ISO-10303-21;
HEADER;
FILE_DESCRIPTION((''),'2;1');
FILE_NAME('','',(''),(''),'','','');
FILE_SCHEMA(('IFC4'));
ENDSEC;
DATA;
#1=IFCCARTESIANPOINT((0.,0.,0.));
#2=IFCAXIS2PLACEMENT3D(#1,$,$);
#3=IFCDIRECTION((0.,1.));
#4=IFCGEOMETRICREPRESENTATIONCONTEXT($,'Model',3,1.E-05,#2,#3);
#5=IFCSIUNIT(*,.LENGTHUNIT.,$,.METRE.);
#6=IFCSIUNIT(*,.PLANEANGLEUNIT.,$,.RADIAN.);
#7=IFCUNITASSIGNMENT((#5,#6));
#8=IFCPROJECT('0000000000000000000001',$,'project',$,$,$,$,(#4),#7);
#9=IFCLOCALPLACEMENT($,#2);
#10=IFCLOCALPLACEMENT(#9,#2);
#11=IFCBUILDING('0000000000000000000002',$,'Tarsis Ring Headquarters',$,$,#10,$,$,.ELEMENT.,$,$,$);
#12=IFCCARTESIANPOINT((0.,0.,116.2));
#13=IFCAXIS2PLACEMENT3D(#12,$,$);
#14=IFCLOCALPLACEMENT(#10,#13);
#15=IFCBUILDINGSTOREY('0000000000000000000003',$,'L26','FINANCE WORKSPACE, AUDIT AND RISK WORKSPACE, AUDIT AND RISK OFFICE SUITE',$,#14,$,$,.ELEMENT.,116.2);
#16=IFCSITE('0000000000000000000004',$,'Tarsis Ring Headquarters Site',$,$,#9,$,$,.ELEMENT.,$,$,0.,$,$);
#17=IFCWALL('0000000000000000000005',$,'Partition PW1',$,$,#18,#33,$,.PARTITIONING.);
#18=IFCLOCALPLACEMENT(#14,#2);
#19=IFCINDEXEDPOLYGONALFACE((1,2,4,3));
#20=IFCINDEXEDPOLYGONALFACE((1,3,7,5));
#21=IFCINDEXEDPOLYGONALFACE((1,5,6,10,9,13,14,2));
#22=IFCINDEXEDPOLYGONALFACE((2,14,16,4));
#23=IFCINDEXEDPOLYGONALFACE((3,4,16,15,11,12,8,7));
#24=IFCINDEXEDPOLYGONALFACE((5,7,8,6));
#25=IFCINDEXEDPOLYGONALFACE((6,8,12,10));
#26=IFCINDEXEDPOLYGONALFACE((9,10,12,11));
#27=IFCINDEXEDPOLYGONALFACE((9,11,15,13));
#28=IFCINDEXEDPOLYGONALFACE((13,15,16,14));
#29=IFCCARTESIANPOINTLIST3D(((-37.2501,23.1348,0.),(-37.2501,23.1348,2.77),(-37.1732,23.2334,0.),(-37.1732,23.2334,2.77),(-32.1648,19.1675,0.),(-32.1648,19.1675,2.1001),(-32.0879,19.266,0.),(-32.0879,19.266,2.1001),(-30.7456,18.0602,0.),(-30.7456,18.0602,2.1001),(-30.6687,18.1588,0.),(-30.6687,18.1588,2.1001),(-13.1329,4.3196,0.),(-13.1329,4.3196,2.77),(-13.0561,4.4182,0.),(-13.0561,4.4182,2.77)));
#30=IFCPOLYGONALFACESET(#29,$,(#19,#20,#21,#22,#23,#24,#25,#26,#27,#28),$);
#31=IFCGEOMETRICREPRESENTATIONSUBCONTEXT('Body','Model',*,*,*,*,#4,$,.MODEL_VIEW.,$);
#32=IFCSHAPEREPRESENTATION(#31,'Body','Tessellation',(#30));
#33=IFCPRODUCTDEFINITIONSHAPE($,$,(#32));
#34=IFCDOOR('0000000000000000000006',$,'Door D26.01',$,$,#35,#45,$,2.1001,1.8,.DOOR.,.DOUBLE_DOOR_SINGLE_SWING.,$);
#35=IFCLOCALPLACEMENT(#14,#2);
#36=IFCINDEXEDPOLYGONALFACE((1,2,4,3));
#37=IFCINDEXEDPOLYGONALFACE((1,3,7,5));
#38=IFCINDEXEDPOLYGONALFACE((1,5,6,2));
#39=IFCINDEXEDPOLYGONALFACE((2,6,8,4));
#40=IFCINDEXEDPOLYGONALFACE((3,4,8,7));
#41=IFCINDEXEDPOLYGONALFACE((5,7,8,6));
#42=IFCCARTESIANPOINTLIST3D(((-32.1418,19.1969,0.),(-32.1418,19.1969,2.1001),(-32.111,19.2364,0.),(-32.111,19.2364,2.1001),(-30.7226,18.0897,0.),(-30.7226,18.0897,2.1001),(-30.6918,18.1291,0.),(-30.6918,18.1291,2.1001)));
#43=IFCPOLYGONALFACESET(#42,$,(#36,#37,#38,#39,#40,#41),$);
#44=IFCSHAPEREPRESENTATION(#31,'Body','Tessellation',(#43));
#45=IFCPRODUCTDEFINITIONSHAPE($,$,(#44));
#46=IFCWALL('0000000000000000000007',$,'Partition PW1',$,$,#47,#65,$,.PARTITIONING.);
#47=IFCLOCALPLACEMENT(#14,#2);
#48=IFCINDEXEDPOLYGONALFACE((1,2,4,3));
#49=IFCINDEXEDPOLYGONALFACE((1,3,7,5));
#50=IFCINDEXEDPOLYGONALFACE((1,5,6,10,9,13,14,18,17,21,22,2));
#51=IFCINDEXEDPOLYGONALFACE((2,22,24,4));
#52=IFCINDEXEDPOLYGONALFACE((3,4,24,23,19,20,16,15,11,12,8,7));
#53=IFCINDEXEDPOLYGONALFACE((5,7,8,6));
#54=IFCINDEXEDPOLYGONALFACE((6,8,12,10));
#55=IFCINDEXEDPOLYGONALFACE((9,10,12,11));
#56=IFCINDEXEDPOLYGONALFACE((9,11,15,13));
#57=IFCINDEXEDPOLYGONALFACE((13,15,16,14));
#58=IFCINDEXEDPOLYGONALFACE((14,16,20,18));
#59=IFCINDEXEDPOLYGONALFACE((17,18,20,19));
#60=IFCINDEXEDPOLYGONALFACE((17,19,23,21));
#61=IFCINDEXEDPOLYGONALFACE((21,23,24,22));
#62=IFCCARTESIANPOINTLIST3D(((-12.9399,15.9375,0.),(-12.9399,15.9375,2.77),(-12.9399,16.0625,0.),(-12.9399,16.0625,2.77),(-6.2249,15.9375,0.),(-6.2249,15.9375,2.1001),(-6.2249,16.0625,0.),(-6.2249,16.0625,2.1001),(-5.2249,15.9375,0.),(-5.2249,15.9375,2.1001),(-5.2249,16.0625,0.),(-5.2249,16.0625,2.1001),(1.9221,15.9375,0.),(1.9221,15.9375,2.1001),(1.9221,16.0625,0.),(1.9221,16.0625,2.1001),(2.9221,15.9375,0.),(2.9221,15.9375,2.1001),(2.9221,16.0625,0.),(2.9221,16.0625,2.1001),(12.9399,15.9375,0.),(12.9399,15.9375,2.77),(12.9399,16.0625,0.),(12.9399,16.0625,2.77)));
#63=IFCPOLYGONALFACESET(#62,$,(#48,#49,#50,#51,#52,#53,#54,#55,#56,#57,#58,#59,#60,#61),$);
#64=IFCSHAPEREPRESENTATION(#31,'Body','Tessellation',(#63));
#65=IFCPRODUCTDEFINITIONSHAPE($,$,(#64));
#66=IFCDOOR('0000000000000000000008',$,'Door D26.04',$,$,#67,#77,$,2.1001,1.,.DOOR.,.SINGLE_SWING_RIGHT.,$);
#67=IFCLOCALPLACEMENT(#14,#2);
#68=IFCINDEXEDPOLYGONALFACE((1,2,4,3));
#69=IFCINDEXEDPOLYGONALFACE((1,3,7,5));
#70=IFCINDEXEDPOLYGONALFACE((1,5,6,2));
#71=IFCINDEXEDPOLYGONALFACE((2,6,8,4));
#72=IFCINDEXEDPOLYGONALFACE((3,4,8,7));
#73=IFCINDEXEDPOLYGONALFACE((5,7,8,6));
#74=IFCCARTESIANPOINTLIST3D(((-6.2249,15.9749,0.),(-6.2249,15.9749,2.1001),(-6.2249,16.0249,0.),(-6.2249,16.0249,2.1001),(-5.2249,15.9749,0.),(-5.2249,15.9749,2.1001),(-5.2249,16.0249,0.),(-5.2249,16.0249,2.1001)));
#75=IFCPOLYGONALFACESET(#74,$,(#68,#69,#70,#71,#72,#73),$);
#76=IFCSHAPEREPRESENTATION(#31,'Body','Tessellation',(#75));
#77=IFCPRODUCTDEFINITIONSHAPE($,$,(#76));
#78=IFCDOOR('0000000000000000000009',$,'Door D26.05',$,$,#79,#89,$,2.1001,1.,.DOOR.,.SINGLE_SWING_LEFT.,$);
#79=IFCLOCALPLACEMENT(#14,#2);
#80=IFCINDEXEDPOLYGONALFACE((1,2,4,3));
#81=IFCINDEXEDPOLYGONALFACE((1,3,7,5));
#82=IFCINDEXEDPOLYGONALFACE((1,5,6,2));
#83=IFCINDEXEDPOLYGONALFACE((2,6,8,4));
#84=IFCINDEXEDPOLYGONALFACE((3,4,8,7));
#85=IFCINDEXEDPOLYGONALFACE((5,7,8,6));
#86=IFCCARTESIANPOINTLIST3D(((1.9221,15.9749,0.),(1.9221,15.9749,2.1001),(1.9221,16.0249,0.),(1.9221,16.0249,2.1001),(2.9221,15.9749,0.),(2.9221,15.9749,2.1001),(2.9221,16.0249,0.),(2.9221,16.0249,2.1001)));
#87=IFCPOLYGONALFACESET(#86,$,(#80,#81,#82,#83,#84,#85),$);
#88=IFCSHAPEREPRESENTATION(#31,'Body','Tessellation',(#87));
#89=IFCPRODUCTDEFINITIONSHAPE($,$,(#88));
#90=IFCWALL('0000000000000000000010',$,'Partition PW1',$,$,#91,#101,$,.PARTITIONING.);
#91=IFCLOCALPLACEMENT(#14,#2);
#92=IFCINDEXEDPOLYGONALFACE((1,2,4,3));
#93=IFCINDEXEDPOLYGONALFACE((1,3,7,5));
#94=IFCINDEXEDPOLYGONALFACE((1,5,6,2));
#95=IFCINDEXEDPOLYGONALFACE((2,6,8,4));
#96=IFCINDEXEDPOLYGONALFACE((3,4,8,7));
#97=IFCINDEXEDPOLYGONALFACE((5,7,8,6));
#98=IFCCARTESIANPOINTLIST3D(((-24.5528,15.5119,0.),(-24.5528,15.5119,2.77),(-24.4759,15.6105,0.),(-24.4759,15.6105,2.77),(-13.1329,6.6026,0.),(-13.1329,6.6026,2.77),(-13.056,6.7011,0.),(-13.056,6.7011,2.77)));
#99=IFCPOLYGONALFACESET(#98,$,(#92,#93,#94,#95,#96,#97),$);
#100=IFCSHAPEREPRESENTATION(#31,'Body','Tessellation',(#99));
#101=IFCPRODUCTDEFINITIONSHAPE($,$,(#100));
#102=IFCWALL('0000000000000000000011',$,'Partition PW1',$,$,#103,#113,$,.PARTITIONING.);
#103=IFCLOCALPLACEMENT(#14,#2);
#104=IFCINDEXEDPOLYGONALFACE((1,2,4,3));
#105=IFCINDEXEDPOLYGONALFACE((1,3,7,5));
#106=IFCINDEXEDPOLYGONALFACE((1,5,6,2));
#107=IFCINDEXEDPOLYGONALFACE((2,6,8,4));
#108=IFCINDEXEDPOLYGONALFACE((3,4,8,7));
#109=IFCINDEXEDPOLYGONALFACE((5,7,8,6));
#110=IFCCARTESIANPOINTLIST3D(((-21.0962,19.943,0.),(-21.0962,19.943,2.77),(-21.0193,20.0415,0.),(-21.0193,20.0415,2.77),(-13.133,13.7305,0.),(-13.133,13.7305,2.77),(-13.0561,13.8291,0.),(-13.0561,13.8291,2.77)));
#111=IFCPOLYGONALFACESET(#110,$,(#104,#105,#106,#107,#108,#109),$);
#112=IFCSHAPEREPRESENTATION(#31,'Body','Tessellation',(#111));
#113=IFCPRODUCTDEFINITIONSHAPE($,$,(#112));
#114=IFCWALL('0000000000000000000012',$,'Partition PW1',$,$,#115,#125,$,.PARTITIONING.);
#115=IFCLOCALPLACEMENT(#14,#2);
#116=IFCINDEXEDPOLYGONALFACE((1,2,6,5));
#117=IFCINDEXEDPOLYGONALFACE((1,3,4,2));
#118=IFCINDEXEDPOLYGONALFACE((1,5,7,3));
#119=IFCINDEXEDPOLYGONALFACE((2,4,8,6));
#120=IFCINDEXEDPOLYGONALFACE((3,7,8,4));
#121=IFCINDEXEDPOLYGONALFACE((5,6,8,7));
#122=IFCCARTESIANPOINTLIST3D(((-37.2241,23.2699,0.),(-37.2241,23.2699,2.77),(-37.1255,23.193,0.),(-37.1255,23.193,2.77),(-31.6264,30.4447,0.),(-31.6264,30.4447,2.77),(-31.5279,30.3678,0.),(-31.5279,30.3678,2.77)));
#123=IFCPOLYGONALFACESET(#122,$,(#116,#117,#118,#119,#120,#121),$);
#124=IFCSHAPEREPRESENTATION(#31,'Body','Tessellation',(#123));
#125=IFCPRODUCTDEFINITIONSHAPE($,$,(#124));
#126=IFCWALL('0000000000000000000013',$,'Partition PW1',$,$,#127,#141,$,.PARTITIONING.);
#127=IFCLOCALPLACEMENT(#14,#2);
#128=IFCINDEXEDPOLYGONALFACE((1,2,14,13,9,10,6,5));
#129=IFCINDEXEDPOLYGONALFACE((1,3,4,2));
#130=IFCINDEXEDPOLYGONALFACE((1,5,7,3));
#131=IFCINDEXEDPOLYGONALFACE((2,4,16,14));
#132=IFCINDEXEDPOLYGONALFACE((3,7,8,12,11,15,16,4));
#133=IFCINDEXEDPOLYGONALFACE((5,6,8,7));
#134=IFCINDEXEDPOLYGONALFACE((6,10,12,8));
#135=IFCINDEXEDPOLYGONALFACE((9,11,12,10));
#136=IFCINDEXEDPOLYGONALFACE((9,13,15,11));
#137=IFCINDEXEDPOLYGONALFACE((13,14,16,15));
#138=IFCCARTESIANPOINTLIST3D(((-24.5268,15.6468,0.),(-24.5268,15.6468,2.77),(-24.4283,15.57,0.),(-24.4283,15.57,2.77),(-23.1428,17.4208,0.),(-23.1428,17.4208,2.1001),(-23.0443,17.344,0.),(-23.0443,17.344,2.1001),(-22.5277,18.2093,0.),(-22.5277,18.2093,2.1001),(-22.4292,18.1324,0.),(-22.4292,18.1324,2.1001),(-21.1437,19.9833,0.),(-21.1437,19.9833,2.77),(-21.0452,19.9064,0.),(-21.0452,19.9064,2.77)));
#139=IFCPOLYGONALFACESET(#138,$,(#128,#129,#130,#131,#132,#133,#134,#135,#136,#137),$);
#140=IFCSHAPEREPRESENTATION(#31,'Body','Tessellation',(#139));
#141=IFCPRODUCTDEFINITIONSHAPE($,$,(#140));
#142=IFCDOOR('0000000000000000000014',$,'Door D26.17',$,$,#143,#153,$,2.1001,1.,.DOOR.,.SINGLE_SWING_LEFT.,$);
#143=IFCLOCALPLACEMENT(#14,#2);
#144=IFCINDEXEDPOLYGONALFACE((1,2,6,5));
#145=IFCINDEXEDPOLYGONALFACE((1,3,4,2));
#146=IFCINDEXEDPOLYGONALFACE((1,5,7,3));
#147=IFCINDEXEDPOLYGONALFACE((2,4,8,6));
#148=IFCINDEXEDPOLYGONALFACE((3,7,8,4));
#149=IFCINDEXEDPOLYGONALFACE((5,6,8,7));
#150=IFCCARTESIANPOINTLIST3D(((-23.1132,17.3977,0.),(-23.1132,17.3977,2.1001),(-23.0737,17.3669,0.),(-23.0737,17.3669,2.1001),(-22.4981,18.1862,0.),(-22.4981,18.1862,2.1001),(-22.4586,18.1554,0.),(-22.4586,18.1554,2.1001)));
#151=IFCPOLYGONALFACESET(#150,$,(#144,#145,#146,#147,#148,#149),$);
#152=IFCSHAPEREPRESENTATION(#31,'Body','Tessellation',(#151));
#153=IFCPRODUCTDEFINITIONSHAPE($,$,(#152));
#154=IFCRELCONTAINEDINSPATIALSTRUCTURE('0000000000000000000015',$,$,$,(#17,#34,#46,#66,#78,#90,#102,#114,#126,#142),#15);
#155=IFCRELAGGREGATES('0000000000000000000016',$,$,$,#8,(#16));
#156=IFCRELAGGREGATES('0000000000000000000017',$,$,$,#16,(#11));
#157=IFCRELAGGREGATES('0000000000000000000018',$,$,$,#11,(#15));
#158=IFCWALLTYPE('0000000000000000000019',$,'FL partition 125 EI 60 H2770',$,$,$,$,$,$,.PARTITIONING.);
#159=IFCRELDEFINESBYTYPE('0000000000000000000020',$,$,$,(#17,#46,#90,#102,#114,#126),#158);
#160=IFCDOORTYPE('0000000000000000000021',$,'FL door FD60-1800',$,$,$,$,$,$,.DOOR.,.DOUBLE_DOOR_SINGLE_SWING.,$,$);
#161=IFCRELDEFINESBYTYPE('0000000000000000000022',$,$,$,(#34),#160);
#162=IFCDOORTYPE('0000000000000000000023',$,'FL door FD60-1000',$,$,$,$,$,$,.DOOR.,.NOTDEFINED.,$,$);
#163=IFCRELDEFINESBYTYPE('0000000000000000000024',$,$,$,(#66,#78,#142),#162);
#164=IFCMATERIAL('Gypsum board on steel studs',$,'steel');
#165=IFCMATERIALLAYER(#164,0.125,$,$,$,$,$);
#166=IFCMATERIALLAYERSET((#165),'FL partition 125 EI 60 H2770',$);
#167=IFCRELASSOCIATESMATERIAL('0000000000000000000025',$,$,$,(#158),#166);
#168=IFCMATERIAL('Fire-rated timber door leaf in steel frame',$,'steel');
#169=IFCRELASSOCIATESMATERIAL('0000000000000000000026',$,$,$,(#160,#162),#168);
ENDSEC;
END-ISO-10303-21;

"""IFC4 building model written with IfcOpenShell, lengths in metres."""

from ifc_helpers import new_model, si_unit, direction, frame, frame_2d, origin, place, context, subcontext, project, spatial, rectangle, extrude, material, layer, layer_set, type_object, element, fill, save


model = new_model("IFC4")

# Units and contexts
model_context = context("Model", 3, precision=1e-05, world=origin(), true_north=direction((0.0, 1.0)))
body_context = subcontext(model_context, "Body", "Model", "MODEL_VIEW")
ifc_project = project(units=[si_unit("LENGTHUNIT", "METRE"), si_unit("PLANEANGLEUNIT", "RADIAN")], contexts=[model_context])

# Site, building, storey
site_placement = place(None, origin())
site = spatial("IfcSite", under=ifc_project, at=site_placement, Name="Tarsis Ring Headquarters Site", CompositionType="ELEMENT", RefElevation=0.0)
building_placement = place(site_placement, origin())
building = spatial("IfcBuilding", under=site, at=building_placement, Name="Tarsis Ring Headquarters", CompositionType="ELEMENT")
storey_placement = place(building_placement, frame((0.0, 0.0, 116.2)))
storey = spatial("IfcBuildingStorey", under=building, at=storey_placement, Name="L26", Description="FINANCE WORKSPACE, AUDIT AND RISK WORKSPACE, AUDIT AND RISK OFFICE SUITE", CompositionType="ELEMENT", Elevation=116.2)

# Shared definitions
ifc_material_1 = material(Name="Gypsum board on steel studs", Category="steel")

# Wall, opening, door
ifc_layer_1 = layer(ifc_material_1, 0.125)
ifc_layer_set_1 = layer_set([ifc_layer_1], Name="FL partition 125 EI 60 H2770")
wall_type_1 = type_object("IfcWallType", Name="FL partition 125 EI 60 H2770", PredefinedType="PARTITIONING", material=ifc_layer_set_1)
wall_1_placement = place(storey_placement, frame((-37.2117, 23.1841, 0.0), z_axis=(0.0, 0.0, 1.0), x_axis=(0.788442, -0.615109, 0.0)))
wall_1 = element("IfcWall", 1, at=wall_1_placement, inside=storey, type_object=wall_type_1, Name="Partition PW1", PredefinedType="PARTITIONING", context=body_context, shape_type="SweptSolid", body=[
    extrude(rectangle(XDim=30.5884, YDim=0.125, at=frame_2d((15.2942, 0.0))), origin(), (0.0, 0.0, 1.0), 2.77),
])
opening_1_placement = place(wall_1_placement, frame((6.45, 0.0, 0.0)))
opening_1 = element("IfcOpeningElement", 2, at=opening_1_placement, cuts=wall_1, PredefinedType="OPENING", context=body_context, shape_type="SweptSolid", body=[
    extrude(rectangle(XDim=1.8, YDim=2.1001, at=frame_2d((0.8999, 1.05))), frame((0.0, 0.0725, 0.0), z_axis=(0.0, -1.0, 0.0), x_axis=(1.0, 0.0, 0.0)), (0.0, 0.0, 1.0), 0.145),
])
ifc_material_2 = material(Name="Fire-rated timber door leaf in steel frame", Category="steel")
door_type_1 = type_object("IfcDoorType", Name="FL door FD60-1800", OperationType="DOUBLE_DOOR_SINGLE_SWING", PredefinedType="DOOR", material=ifc_material_2)
door_1_placement = place(opening_1_placement, origin())
door_1 = element("IfcDoor", 3, at=door_1_placement, inside=storey, type_object=door_type_1, Name="Door D26.01", OperationType="DOUBLE_DOOR_SINGLE_SWING", OverallHeight=2.1001, OverallWidth=1.8, PredefinedType="DOOR", context=body_context, shape_type="SweptSolid", body=[
    extrude(rectangle(XDim=1.8, YDim=2.1001, at=frame_2d((0.8999, 1.05))), frame((0.0, 0.0249, 0.0), z_axis=(0.0, -1.0, 0.0), x_axis=(1.0, 0.0, 0.0)), (0.0, 0.0, 1.0), 0.05),
])
fill(opening_1, door_1)

# Wall, openings, doors
wall_2_placement = place(storey_placement, frame((-12.9399, 16.0, 0.0), z_axis=(0.0, 0.0, 1.0), x_axis=(1.0, 0.0, 0.0)))
wall_2 = element("IfcWall", 4, at=wall_2_placement, inside=storey, type_object=wall_type_1, Name="Partition PW1", PredefinedType="PARTITIONING", context=body_context, shape_type="SweptSolid", body=[
    extrude(rectangle(XDim=25.8799, YDim=0.125, at=frame_2d((12.9399, 0.0))), origin(), (0.0, 0.0, 1.0), 2.77),
])
opening_2_placement = place(wall_2_placement, frame((6.7151, 0.0, 0.0)))
opening_2 = element("IfcOpeningElement", 5, at=opening_2_placement, cuts=wall_2, PredefinedType="OPENING", context=body_context, shape_type="SweptSolid", body=[
    extrude(rectangle(XDim=1.0, YDim=2.1001, at=frame_2d((0.5, 1.05))), frame((0.0, 0.0725, 0.0), z_axis=(0.0, -1.0, 0.0), x_axis=(1.0, 0.0, 0.0)), (0.0, 0.0, 1.0), 0.145),
])
opening_3_placement = place(wall_2_placement, frame((14.8621, 0.0, 0.0)))
opening_3 = element("IfcOpeningElement", 6, at=opening_3_placement, cuts=wall_2, PredefinedType="OPENING", context=body_context, shape_type="SweptSolid", body=[
    extrude(rectangle(XDim=1.0, YDim=2.1001, at=frame_2d((0.5, 1.05))), frame((0.0, 0.0725, 0.0), z_axis=(0.0, -1.0, 0.0), x_axis=(1.0, 0.0, 0.0)), (0.0, 0.0, 1.0), 0.145),
])
door_type_2 = type_object("IfcDoorType", Name="FL door FD60-1000", OperationType="NOTDEFINED", PredefinedType="DOOR", material=ifc_material_2)
door_2_placement = place(opening_2_placement, origin())
door_2 = element("IfcDoor", 7, at=door_2_placement, inside=storey, type_object=door_type_2, Name="Door D26.04", OperationType="SINGLE_SWING_RIGHT", OverallHeight=2.1001, OverallWidth=1.0, PredefinedType="DOOR", context=body_context, shape_type="SweptSolid", body=[
    extrude(rectangle(XDim=1.0, YDim=2.1001, at=frame_2d((0.5, 1.05))), frame((0.0, 0.0249, 0.0), z_axis=(0.0, -1.0, 0.0), x_axis=(1.0, 0.0, 0.0)), (0.0, 0.0, 1.0), 0.05),
])
fill(opening_2, door_2)
door_3_placement = place(opening_3_placement, origin())
door_3 = element("IfcDoor", 8, at=door_3_placement, inside=storey, type_object=door_type_2, Name="Door D26.05", OperationType="SINGLE_SWING_LEFT", OverallHeight=2.1001, OverallWidth=1.0, PredefinedType="DOOR", context=body_context, shape_type="SweptSolid", body=[
    extrude(rectangle(XDim=1.0, YDim=2.1001, at=frame_2d((0.5, 1.05))), frame((0.0, 0.0249, 0.0), z_axis=(0.0, -1.0, 0.0), x_axis=(1.0, 0.0, 0.0)), (0.0, 0.0, 1.0), 0.05),
])
fill(opening_3, door_3)

# Walls
wall_3_placement = place(storey_placement, frame((-24.5144, 15.5613, 0.0), z_axis=(0.0, 0.0, 1.0), x_axis=(0.788439, -0.615113, 0.0)))
element("IfcWall", 9, at=wall_3_placement, inside=storey, type_object=wall_type_1, Name="Partition PW1", PredefinedType="PARTITIONING", context=body_context, shape_type="SweptSolid", body=[
    extrude(rectangle(XDim=14.4841, YDim=0.125, at=frame_2d((7.2422, 0.0))), origin(), (0.0, 0.0, 1.0), 2.77),
])
wall_4_placement = place(storey_placement, frame((-21.0576, 19.9922, 0.0), z_axis=(0.0, 0.0, 1.0), x_axis=(0.788447, -0.615103, 0.0)))
element("IfcWall", 10, at=wall_4_placement, inside=storey, type_object=wall_type_1, Name="Partition PW1", PredefinedType="PARTITIONING", context=body_context, shape_type="SweptSolid", body=[
    extrude(rectangle(XDim=10.0999, YDim=0.125, at=frame_2d((5.0498, 0.0))), origin(), (0.0, 0.0, 1.0), 2.77),
])
wall_5_placement = place(storey_placement, frame((-37.1748, 23.2314, 0.0), z_axis=(0.0, 0.0, 1.0), x_axis=(0.615121, 0.788433, 0.0)))
element("IfcWall", 11, at=wall_5_placement, inside=storey, type_object=wall_type_1, Name="Partition PW1", PredefinedType="PARTITIONING", context=body_context, shape_type="SweptSolid", body=[
    extrude(rectangle(XDim=9.1001, YDim=0.125, at=frame_2d((4.55, 0.0))), origin(), (0.0, 0.0, 1.0), 2.77),
])

# Wall, opening, door
wall_6_placement = place(storey_placement, frame((-24.4775, 15.6084, 0.0), z_axis=(0.0, 0.0, 1.0), x_axis=(0.615105, 0.788445, 0.0)))
wall_6 = element("IfcWall", 12, at=wall_6_placement, inside=storey, type_object=wall_type_1, Name="Partition PW1", PredefinedType="PARTITIONING", context=body_context, shape_type="SweptSolid", body=[
    extrude(rectangle(XDim=5.5, YDim=0.125, at=frame_2d((2.75, 0.0))), origin(), (0.0, 0.0, 1.0), 2.77),
])
opening_4_placement = place(wall_6_placement, frame((2.25, 0.0, 0.0)))
opening_4 = element("IfcOpeningElement", 13, at=opening_4_placement, cuts=wall_6, PredefinedType="OPENING", context=body_context, shape_type="SweptSolid", body=[
    extrude(rectangle(XDim=1.0, YDim=2.1001, at=frame_2d((0.5, 1.05))), frame((0.0, 0.0725, 0.0), z_axis=(0.0, -1.0, 0.0), x_axis=(1.0, 0.0, 0.0)), (0.0, 0.0, 1.0), 0.145),
])
door_4_placement = place(opening_4_placement, origin())
door_4 = element("IfcDoor", 14, at=door_4_placement, inside=storey, type_object=door_type_2, Name="Door D26.17", OperationType="SINGLE_SWING_LEFT", OverallHeight=2.1001, OverallWidth=1.0, PredefinedType="DOOR", context=body_context, shape_type="SweptSolid", body=[
    extrude(rectangle(XDim=1.0, YDim=2.1001, at=frame_2d((0.5, 1.05))), frame((0.0, 0.0249, 0.0), z_axis=(0.0, -1.0, 0.0), x_axis=(1.0, 0.0, 0.0)), (0.0, 0.0, 1.0), 0.05),
])
fill(opening_4, door_4)

save(model, "model.ifc")
